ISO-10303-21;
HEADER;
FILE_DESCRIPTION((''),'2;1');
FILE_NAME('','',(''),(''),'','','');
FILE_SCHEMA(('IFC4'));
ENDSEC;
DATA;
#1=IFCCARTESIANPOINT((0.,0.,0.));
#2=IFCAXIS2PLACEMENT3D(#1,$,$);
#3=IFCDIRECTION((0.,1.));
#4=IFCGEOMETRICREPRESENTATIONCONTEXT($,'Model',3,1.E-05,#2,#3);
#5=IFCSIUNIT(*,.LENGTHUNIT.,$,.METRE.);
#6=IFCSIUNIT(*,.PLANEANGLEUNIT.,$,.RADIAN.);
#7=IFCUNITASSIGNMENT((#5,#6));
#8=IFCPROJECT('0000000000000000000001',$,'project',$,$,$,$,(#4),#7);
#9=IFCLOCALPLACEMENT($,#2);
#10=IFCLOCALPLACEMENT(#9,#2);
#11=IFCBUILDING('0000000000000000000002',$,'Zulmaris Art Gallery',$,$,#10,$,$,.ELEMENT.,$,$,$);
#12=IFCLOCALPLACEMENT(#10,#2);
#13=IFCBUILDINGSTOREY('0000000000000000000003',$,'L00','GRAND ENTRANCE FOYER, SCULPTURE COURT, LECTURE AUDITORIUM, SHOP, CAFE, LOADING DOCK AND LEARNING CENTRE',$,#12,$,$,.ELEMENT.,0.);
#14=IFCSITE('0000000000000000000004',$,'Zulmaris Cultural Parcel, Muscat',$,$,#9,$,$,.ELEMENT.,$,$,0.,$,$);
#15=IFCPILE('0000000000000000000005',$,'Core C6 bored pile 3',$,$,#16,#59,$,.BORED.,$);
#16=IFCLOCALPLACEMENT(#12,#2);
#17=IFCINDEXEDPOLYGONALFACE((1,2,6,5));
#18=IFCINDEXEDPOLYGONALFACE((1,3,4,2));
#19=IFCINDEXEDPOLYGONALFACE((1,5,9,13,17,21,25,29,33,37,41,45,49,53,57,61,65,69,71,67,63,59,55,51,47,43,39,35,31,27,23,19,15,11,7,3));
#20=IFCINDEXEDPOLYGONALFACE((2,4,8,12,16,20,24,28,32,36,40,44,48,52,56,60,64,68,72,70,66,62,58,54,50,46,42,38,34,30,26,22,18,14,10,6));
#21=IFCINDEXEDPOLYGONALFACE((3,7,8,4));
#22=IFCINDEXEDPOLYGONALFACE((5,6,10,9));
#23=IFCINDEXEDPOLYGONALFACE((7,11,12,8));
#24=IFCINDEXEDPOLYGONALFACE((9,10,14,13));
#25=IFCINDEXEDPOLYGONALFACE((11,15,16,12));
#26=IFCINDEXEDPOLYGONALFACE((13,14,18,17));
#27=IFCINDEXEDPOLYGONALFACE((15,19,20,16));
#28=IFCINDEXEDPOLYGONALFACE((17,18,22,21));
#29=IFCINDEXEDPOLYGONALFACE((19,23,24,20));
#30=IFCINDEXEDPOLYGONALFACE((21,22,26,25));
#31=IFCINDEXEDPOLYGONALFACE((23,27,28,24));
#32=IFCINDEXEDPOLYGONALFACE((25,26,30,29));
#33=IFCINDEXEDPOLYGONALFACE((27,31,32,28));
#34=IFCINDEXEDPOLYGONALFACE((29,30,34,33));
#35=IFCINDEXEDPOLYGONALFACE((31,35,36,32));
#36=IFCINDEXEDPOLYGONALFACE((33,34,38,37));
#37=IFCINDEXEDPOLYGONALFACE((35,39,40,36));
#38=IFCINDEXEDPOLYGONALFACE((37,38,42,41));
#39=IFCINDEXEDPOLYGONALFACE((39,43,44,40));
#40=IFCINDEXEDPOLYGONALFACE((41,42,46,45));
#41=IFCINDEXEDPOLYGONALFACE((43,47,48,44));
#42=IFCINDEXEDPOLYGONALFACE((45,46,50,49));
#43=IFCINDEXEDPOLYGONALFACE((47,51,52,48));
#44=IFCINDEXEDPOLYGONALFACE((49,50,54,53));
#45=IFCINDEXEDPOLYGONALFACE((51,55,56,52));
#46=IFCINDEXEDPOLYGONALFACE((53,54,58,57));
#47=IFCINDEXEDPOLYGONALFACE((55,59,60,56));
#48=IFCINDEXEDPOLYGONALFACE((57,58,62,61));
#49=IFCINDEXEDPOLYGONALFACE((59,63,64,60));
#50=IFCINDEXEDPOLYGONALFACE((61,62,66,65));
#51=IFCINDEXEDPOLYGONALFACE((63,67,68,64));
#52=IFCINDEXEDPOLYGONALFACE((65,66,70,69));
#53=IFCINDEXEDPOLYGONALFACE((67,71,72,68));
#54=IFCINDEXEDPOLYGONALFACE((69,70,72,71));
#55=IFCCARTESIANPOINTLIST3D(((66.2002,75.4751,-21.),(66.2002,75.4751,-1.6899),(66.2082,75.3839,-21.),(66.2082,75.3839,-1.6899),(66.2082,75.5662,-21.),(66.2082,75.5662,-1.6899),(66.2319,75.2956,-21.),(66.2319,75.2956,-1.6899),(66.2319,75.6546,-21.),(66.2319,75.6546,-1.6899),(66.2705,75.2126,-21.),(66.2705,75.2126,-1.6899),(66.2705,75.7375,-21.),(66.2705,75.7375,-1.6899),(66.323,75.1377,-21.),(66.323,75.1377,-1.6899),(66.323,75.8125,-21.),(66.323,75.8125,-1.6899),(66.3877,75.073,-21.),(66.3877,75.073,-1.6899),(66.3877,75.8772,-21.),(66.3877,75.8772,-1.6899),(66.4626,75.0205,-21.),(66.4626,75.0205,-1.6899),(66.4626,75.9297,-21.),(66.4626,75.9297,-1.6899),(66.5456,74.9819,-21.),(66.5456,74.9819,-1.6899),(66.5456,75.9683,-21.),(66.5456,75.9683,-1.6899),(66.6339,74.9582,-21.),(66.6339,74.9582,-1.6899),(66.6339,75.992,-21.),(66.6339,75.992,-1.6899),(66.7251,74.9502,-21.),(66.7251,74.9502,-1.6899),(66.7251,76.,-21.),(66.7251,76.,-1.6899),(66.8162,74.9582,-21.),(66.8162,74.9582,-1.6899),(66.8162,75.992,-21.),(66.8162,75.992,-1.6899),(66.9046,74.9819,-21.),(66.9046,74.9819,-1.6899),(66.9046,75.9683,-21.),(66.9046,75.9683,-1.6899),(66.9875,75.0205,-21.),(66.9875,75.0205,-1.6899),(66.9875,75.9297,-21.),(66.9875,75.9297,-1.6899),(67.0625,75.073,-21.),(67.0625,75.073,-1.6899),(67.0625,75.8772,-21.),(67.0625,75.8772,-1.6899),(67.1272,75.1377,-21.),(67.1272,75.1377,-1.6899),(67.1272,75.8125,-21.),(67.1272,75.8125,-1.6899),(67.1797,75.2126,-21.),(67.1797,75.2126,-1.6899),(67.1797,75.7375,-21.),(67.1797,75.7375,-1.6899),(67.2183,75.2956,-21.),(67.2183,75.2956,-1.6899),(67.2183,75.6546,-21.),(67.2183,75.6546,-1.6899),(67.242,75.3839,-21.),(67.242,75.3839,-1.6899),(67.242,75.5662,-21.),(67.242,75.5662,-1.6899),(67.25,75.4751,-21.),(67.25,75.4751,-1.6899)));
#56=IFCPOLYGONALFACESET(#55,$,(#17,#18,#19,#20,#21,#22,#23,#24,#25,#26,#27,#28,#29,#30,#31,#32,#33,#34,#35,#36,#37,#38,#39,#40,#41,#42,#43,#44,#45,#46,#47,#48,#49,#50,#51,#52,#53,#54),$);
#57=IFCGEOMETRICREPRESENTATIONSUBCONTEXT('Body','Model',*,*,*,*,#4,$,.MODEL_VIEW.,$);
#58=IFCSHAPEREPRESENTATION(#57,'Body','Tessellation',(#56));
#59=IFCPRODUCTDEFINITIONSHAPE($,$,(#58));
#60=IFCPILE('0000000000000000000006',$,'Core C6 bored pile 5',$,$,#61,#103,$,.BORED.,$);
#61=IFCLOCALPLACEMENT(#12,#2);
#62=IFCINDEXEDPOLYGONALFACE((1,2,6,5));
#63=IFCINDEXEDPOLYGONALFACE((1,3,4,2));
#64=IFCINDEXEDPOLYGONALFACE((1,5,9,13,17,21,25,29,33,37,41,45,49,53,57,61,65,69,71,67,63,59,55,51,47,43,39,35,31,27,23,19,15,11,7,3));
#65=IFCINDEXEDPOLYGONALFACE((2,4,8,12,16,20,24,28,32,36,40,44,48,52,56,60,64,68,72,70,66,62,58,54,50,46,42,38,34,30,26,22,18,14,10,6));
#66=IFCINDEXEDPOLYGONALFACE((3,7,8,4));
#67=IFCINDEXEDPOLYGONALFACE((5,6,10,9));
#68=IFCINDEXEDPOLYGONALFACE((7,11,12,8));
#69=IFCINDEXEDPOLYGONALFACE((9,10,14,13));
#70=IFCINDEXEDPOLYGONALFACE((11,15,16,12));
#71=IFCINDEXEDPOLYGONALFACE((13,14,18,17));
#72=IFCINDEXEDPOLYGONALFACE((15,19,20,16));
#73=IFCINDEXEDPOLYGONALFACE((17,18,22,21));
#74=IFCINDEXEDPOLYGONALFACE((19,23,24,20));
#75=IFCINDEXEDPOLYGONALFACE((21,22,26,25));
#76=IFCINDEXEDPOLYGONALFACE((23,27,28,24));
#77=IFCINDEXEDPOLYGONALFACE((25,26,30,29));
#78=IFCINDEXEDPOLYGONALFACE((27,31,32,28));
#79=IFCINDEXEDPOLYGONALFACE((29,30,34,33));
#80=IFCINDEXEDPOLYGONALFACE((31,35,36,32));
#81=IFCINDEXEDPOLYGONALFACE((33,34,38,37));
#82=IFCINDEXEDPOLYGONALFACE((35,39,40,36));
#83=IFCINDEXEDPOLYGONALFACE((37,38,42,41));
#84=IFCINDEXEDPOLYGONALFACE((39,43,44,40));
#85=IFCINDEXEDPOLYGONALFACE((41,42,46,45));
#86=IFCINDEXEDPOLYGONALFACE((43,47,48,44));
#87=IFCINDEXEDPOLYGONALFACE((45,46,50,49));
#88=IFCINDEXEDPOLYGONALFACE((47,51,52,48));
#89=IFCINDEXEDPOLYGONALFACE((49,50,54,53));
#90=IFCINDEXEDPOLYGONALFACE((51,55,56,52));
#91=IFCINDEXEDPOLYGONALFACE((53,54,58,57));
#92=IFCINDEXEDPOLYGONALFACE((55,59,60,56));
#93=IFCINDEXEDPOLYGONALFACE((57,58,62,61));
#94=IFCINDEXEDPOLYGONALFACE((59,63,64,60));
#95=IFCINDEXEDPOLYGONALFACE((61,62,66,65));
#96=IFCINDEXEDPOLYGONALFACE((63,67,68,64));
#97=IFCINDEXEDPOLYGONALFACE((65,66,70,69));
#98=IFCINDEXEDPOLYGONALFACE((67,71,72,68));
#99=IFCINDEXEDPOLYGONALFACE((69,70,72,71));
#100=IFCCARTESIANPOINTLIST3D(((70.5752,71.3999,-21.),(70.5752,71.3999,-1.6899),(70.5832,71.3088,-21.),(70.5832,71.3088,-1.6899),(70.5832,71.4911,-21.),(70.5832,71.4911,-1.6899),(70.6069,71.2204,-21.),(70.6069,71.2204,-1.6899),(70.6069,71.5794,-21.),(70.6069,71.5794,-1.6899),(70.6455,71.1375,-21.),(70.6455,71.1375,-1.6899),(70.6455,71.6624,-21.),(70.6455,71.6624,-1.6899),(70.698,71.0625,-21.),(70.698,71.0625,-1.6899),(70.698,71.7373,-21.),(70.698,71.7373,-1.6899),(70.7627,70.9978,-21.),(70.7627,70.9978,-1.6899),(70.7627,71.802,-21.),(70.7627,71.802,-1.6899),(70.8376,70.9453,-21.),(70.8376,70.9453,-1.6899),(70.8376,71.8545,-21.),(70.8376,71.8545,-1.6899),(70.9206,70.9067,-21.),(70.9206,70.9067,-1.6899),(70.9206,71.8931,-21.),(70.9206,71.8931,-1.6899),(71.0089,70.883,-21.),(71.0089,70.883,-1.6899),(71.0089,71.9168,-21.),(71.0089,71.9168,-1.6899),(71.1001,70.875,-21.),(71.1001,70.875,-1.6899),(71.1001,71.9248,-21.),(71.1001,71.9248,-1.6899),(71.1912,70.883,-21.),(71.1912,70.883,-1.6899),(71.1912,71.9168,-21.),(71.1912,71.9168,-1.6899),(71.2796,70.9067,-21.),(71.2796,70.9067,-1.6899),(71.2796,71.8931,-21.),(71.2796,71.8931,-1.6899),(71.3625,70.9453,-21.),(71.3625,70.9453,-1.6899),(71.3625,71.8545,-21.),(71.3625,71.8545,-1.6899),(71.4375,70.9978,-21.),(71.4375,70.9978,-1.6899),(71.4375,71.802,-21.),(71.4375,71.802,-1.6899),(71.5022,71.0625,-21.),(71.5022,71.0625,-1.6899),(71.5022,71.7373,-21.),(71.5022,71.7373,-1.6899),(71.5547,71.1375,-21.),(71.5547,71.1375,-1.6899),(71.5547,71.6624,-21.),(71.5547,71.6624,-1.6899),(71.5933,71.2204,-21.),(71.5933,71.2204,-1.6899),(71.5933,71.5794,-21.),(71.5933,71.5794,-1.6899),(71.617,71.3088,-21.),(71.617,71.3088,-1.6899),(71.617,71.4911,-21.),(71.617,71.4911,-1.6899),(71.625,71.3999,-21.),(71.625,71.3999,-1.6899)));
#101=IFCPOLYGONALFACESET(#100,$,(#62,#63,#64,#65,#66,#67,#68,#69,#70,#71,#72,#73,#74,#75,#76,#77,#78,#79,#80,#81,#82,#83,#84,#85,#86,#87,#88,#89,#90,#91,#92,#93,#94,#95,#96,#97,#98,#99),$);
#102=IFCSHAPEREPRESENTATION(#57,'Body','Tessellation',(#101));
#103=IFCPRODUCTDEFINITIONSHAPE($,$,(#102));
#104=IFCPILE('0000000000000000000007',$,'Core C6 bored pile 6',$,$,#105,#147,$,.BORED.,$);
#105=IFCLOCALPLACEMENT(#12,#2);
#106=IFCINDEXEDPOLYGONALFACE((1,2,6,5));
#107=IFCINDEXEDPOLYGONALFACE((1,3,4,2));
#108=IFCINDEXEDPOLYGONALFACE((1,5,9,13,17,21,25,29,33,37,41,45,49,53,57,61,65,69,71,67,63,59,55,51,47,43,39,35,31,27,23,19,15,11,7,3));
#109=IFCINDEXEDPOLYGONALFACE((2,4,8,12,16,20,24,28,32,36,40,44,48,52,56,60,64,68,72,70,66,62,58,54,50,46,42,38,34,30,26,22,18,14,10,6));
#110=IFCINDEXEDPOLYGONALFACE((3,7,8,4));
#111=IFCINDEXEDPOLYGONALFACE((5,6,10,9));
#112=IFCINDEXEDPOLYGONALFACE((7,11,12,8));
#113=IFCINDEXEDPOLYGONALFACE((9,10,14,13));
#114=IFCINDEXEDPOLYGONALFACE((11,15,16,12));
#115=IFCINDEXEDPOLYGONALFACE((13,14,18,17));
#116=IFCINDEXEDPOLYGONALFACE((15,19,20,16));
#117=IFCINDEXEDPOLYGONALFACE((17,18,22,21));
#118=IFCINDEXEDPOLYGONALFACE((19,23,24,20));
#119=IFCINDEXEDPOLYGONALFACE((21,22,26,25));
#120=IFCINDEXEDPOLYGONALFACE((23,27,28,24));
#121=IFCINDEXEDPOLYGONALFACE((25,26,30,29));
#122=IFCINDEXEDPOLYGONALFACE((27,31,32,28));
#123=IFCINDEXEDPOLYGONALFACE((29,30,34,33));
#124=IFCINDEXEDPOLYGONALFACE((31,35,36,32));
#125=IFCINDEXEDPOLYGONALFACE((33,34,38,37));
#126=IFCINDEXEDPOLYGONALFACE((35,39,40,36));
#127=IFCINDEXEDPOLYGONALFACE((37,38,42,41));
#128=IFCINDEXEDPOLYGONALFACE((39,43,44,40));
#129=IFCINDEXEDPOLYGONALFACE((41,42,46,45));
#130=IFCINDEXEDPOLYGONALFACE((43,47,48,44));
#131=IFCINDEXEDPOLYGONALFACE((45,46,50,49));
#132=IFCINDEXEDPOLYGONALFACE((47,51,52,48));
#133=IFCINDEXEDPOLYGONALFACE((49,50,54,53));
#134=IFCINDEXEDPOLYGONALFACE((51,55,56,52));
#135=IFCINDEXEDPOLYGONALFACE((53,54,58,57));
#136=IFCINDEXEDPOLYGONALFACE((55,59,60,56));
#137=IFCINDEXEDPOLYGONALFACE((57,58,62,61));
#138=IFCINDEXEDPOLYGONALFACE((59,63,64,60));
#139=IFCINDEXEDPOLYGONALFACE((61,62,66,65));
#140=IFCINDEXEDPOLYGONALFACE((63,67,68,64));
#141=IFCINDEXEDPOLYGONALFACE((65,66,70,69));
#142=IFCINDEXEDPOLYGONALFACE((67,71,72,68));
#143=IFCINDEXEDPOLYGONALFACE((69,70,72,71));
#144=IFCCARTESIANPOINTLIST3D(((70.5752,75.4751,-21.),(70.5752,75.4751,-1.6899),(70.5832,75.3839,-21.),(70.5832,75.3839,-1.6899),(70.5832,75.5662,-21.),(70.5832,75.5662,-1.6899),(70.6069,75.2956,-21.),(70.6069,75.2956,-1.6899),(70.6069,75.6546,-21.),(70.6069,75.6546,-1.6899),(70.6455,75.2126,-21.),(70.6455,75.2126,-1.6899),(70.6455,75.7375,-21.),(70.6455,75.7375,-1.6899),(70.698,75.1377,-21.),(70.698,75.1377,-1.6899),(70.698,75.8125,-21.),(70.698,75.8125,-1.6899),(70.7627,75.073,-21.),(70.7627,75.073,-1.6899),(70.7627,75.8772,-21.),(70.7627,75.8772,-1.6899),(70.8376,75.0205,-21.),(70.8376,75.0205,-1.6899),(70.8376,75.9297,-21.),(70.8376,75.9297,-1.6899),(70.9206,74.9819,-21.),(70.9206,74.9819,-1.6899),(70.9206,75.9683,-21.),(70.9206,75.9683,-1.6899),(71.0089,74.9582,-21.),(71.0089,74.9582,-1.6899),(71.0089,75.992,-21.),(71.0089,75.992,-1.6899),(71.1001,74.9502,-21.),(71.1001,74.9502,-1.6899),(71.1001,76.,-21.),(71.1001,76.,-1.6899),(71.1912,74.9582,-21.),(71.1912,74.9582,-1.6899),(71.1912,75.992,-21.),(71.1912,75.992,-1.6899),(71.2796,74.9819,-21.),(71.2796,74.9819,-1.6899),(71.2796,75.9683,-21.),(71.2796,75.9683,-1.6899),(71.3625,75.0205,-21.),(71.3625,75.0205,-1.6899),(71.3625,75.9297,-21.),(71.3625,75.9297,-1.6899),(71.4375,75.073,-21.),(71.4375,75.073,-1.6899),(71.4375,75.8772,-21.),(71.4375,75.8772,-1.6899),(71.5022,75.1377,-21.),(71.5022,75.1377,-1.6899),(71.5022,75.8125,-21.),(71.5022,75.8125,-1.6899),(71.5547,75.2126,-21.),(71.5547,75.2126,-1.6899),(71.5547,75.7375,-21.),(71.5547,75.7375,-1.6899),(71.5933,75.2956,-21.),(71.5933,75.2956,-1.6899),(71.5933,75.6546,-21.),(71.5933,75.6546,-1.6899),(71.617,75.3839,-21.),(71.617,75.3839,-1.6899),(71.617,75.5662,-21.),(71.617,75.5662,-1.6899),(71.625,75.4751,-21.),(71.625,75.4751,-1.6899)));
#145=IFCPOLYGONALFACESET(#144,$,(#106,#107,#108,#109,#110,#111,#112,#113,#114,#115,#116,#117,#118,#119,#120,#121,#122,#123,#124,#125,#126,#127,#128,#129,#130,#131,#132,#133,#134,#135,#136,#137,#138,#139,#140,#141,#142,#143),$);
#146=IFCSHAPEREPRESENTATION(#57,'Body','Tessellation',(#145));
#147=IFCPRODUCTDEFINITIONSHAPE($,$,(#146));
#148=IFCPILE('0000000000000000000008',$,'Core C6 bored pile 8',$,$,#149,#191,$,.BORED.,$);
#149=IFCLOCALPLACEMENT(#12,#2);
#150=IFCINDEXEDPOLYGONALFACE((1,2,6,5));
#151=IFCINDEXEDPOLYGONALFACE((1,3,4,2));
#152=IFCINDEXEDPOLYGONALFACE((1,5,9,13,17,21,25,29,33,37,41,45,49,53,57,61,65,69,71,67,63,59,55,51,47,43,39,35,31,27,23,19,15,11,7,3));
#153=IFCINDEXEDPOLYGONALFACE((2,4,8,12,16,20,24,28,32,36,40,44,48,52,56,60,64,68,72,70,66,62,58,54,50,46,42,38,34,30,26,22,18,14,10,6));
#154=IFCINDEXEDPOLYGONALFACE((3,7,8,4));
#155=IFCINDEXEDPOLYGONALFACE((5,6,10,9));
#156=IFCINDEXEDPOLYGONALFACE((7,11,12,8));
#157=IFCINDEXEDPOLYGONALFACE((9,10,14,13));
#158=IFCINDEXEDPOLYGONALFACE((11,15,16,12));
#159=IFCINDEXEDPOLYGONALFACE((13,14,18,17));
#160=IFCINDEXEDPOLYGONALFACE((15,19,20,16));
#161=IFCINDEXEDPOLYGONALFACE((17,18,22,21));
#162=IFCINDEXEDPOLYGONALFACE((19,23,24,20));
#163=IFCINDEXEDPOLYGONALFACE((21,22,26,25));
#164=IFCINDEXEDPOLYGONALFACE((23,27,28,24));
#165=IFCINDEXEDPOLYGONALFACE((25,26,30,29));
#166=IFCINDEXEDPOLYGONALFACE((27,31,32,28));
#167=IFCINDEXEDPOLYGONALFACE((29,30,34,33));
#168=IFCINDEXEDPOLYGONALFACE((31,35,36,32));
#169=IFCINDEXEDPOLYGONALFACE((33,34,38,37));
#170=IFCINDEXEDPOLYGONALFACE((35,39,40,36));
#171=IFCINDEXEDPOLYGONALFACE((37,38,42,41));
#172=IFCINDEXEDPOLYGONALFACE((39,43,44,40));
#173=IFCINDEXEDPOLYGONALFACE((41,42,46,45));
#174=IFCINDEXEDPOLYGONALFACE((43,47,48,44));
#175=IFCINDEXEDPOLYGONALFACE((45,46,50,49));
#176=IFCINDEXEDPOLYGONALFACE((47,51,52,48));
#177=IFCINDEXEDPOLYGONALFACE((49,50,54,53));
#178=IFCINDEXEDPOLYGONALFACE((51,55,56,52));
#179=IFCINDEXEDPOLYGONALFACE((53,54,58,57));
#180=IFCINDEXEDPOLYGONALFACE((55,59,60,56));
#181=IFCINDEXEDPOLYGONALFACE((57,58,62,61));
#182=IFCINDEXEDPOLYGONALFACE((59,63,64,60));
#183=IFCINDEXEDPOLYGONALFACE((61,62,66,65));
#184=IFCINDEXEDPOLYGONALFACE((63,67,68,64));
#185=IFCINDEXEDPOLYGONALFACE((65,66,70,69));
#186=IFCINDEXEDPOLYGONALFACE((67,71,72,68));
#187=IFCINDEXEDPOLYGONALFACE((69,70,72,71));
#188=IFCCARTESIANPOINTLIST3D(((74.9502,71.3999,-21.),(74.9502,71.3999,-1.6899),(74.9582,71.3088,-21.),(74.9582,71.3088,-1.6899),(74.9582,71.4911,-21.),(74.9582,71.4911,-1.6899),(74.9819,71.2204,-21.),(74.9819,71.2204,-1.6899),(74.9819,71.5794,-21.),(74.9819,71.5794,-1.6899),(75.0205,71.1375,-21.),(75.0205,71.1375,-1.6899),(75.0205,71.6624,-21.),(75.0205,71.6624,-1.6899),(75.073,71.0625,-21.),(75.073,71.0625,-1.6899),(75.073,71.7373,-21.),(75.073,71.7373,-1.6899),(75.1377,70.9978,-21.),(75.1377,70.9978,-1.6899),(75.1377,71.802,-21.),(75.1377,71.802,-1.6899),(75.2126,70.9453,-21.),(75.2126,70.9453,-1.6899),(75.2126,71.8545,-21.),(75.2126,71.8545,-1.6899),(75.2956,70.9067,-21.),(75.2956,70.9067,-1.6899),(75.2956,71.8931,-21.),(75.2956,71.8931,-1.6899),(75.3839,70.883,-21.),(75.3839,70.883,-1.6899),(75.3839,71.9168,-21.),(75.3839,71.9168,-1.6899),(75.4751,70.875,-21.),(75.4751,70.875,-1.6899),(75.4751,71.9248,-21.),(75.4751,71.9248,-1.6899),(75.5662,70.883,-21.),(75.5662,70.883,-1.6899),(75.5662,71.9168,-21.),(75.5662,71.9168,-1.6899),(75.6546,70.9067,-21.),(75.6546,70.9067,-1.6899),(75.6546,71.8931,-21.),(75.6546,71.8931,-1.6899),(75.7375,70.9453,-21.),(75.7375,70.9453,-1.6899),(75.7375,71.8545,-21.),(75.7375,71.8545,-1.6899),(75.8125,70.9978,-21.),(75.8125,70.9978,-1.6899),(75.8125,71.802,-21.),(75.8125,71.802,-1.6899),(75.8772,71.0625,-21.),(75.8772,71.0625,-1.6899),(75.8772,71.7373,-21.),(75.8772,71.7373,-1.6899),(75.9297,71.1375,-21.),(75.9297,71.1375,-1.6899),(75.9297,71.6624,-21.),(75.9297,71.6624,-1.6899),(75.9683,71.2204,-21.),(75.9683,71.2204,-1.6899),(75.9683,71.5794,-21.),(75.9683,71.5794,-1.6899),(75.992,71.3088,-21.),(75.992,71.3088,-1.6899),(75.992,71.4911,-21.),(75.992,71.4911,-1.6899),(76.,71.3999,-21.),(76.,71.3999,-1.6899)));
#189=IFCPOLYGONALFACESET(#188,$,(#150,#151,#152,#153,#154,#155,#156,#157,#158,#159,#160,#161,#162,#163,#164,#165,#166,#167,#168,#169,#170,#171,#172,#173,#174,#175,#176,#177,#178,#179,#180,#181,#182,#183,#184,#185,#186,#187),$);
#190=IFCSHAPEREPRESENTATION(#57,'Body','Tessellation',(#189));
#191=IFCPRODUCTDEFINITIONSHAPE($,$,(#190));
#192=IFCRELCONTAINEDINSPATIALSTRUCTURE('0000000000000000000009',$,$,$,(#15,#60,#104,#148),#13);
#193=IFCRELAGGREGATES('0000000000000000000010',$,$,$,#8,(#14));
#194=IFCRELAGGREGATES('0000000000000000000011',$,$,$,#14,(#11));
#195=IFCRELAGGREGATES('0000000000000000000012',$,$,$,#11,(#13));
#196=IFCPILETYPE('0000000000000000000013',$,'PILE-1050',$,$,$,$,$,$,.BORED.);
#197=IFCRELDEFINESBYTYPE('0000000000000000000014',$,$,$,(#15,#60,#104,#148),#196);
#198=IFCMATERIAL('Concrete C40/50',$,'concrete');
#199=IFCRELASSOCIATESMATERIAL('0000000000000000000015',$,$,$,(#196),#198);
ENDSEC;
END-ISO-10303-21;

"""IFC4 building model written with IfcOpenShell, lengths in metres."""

from ifc_helpers import new_model, si_unit, direction, frame, origin, origin_2d, place, context, subcontext, project, spatial, circle, extrude, material, material_profile, profile_set, type_object, element, save


model = new_model("IFC4")

# Units and contexts
model_context = context("Model", 3, precision=1e-05, world=origin(), true_north=direction((0.0, 1.0)))
body_context = subcontext(model_context, "Body", "Model", "MODEL_VIEW")
ifc_project = project(units=[si_unit("LENGTHUNIT", "METRE"), si_unit("PLANEANGLEUNIT", "RADIAN")], contexts=[model_context])

# Site, building, storey
site_placement = place(None, origin())
site = spatial("IfcSite", under=ifc_project, at=site_placement, Name="Zulmaris Cultural Parcel, Muscat", CompositionType="ELEMENT", RefElevation=0.0)
building_placement = place(site_placement, origin())
building = spatial("IfcBuilding", under=site, at=building_placement, Name="Zulmaris Art Gallery", CompositionType="ELEMENT")
storey_placement = place(building_placement, origin())
storey = spatial("IfcBuildingStorey", under=building, at=storey_placement, Name="L00", Description="GRAND ENTRANCE FOYER, SCULPTURE COURT, LECTURE AUDITORIUM, SHOP, CAFE, LOADING DOCK AND LEARNING CENTRE", CompositionType="ELEMENT", Elevation=0.0)

# Piles
ifc_material_1 = material(Name="Concrete C40/50", Category="concrete")
ifc_material_profile_1 = material_profile(ifc_material_1, circle(Radius=0.5249, at=origin_2d()), Name="PILE DIA 1050")
ifc_profile_set_1 = profile_set([ifc_material_profile_1], Name="Concrete C40/50")
pile_type = type_object("IfcPileType", Name="PILE-1050", PredefinedType="BORED", material=ifc_profile_set_1)
for number, where, z_axis, x_axis, name in (
    (1, (66.7251, 75.4751, -1.6899), (0.0, 0.0, -1.0), (1.0, 0.0, 0.0), "Core C6 bored pile 3"),
    (2, (71.1001, 71.3999, -1.6899), (0.0, 0.0, -1.0), (1.0, 0.0, 0.0), "Core C6 bored pile 5"),
    (3, (71.1001, 75.4751, -1.6899), (0.0, 0.0, -1.0), (1.0, 0.0, 0.0), "Core C6 bored pile 6"),
    (4, (75.4751, 71.3999, -1.6899), (0.0, 0.0, -1.0), (1.0, 0.0, 0.0), "Core C6 bored pile 8"),
):
    element("IfcPile", number, at=place(storey_placement, frame(where, z_axis=z_axis, x_axis=x_axis)), inside=storey, type_object=pile_type, Name=name, PredefinedType="BORED", context=body_context, shape_type="SweptSolid", body=[
        extrude(circle(Radius=0.5249, at=origin_2d()), origin(), (0.0, 0.0, 1.0), 19.3101),
    ])

save(model, "model.ifc")
